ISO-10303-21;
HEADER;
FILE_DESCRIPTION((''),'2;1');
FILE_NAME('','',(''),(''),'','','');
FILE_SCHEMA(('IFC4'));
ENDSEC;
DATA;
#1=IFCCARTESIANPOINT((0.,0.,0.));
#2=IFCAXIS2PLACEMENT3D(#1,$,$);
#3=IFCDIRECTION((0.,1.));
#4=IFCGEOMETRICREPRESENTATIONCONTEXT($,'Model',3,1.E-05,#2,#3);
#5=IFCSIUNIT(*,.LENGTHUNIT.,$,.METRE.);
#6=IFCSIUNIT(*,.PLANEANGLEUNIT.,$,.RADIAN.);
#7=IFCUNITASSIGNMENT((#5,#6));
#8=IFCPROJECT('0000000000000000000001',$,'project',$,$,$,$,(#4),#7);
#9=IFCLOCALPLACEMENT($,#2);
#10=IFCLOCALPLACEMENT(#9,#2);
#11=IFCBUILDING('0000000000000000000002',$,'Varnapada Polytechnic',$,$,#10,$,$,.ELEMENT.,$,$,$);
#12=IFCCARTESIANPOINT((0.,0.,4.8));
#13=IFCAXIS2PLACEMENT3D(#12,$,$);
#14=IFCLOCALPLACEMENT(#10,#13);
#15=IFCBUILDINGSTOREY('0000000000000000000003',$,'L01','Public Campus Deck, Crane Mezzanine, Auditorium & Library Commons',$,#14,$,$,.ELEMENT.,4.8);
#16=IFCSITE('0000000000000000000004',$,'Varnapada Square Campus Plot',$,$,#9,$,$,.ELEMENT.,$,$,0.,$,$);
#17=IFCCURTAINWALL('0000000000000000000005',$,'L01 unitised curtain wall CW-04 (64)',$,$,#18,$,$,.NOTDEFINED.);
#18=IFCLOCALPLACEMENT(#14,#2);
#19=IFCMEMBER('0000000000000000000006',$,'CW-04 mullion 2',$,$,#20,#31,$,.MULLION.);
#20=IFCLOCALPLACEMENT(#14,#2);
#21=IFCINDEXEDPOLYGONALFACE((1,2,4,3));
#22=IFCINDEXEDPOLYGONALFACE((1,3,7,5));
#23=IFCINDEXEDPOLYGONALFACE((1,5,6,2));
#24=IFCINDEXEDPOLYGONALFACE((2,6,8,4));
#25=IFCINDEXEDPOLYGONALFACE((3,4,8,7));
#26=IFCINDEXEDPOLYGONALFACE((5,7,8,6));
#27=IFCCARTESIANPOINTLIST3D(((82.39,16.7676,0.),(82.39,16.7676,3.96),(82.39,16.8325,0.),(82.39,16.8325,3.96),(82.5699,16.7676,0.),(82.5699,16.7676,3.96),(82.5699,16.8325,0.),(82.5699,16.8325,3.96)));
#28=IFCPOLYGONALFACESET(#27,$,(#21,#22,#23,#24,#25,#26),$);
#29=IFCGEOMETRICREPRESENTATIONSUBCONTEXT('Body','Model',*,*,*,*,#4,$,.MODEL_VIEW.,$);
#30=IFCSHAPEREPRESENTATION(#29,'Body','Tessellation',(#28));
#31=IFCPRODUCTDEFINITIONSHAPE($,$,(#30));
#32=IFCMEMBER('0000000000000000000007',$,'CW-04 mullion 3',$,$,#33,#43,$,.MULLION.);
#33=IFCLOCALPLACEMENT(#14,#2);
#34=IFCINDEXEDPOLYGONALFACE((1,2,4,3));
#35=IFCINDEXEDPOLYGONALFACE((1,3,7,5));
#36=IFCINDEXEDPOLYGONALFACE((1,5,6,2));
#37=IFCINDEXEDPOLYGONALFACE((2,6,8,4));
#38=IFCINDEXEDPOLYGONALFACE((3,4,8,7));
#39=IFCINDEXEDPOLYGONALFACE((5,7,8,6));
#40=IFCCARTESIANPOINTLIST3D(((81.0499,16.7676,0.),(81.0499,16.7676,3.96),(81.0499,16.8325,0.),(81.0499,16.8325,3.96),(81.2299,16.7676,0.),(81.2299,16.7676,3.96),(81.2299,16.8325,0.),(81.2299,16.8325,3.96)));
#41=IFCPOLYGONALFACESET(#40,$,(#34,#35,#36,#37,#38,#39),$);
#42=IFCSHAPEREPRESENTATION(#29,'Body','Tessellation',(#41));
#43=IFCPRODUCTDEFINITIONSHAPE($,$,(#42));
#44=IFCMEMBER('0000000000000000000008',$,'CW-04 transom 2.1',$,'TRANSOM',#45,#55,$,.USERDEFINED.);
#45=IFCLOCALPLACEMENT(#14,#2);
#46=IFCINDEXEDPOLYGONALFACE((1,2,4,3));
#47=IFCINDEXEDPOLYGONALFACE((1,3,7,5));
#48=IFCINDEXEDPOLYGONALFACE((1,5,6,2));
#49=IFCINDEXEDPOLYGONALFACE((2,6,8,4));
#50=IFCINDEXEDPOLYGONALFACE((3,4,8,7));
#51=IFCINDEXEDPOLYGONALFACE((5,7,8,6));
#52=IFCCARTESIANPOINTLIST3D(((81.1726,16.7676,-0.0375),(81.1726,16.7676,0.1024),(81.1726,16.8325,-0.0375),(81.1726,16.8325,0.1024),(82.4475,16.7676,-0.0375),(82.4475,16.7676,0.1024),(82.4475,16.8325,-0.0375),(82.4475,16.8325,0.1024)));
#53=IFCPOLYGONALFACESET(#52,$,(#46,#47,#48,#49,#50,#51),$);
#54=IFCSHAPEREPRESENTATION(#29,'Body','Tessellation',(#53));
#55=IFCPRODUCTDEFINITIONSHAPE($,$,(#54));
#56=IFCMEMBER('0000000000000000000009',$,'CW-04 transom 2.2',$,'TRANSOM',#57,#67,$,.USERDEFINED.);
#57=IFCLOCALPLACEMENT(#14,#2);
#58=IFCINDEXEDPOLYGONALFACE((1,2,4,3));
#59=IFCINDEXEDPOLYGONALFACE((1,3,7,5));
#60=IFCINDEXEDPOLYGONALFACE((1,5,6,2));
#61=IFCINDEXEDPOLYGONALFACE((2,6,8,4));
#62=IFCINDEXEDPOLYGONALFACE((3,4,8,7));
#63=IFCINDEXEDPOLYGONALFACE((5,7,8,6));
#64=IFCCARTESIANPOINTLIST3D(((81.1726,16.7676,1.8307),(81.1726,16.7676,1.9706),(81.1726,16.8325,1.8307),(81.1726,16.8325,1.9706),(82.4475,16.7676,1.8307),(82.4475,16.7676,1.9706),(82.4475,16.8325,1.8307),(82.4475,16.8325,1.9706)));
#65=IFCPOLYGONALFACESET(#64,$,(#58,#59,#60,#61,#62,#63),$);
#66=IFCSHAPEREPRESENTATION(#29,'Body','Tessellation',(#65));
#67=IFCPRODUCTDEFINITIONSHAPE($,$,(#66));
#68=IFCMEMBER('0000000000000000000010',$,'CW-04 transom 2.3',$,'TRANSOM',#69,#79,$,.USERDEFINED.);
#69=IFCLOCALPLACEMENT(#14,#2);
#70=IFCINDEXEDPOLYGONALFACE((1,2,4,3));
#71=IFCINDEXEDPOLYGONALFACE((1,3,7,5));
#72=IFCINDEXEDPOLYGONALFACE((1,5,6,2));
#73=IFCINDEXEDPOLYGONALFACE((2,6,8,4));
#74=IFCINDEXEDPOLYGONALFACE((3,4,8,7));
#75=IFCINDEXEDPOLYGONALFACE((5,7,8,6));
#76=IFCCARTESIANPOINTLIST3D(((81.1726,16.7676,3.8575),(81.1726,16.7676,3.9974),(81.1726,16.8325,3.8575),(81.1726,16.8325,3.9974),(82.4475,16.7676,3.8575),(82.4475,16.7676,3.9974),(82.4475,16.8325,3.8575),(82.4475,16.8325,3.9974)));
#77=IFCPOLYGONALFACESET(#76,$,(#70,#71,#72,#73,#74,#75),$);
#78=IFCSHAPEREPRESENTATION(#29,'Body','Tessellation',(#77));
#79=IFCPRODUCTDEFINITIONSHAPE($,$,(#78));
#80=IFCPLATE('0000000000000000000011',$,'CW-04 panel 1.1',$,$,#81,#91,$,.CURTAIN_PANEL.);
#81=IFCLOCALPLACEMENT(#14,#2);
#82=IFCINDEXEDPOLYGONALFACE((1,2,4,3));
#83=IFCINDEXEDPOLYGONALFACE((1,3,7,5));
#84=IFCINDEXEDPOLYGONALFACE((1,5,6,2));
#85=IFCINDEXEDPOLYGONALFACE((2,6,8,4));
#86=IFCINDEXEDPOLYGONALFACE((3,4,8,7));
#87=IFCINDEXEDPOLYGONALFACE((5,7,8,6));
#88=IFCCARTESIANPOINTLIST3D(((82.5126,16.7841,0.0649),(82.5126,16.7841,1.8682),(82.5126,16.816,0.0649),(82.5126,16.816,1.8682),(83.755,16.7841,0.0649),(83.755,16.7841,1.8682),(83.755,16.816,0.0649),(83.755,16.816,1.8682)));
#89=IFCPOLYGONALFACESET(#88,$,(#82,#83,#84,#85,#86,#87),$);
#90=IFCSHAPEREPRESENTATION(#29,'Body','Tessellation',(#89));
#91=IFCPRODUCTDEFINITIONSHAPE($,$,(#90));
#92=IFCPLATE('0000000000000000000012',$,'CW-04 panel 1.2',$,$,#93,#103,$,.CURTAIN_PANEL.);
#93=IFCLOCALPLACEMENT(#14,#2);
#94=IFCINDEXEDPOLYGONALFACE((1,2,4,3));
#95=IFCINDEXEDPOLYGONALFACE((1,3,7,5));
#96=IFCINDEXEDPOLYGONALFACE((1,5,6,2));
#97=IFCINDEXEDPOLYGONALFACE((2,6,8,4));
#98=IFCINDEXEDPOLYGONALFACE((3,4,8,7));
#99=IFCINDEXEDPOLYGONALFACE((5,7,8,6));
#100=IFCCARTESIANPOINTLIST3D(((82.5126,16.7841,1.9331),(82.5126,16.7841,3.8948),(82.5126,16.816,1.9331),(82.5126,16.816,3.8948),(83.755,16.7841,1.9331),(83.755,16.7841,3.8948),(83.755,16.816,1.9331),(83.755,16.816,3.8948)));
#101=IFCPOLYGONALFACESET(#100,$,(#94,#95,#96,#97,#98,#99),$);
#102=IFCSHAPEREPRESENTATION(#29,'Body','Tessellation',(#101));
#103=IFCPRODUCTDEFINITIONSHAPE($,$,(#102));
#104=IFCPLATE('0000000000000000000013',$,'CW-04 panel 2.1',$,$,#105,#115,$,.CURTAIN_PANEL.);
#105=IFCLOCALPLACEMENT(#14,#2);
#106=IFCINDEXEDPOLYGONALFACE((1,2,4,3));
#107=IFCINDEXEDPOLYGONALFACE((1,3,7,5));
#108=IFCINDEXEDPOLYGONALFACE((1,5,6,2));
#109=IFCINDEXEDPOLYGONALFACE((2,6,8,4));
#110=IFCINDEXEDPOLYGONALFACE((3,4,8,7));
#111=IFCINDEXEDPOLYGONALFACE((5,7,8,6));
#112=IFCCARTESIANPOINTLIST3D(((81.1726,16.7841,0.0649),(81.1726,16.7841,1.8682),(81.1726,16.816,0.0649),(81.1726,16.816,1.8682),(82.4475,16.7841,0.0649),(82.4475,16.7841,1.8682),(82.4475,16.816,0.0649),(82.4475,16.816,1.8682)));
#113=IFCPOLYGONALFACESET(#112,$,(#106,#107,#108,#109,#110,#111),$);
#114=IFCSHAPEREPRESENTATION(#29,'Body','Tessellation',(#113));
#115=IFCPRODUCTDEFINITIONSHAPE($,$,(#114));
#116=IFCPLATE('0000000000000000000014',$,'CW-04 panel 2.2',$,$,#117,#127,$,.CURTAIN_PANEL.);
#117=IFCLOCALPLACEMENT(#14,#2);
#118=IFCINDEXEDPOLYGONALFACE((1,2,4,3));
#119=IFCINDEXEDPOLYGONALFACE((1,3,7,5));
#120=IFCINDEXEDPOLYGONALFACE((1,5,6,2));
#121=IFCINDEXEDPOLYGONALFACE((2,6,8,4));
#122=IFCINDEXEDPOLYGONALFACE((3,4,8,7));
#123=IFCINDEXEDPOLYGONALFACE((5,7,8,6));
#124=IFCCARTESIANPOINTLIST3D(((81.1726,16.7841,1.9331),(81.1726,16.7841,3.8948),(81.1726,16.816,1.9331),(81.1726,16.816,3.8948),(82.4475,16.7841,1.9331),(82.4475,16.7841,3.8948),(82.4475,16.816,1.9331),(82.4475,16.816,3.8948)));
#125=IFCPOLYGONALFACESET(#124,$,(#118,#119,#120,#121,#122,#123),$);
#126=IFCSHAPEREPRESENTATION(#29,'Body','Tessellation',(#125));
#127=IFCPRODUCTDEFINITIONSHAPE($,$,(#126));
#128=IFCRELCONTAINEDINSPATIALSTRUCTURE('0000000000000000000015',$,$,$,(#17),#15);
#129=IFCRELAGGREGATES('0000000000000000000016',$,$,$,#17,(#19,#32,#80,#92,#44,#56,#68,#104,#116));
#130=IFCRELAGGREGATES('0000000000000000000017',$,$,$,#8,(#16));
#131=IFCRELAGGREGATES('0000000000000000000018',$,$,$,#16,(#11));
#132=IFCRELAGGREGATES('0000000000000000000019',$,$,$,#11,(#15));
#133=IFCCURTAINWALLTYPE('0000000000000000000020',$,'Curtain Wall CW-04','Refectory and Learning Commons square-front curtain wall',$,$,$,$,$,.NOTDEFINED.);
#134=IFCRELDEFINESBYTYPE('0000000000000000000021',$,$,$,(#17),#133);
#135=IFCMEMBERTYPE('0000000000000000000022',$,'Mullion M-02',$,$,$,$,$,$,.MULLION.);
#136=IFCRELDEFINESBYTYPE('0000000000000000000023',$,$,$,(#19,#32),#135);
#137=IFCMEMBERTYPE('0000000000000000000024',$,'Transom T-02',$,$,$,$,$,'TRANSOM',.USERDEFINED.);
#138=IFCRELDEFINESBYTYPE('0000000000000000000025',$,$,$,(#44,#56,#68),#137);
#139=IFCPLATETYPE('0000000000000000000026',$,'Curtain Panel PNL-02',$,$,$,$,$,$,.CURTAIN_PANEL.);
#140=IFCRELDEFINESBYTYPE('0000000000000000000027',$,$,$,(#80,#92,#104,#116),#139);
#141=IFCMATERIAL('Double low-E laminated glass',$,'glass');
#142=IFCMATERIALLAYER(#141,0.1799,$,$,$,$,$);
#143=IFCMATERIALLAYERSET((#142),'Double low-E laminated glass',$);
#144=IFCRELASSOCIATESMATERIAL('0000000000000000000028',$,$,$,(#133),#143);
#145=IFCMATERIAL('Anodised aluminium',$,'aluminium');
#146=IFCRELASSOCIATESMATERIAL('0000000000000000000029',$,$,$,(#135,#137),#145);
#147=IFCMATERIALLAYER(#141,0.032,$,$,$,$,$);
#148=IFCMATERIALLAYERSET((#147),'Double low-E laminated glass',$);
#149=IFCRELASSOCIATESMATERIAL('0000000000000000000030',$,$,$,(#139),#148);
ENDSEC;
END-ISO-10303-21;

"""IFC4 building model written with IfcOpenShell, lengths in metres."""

from ifc_helpers import new_model, si_unit, direction, frame, origin, origin_2d, place, context, subcontext, project, spatial, rectangle, extrude, material, layer, layer_set, material_profile, profile_set, type_object, element, aggregate, save


model = new_model("IFC4")

# Units and contexts
model_context = context("Model", 3, precision=1e-05, world=origin(), true_north=direction((0.0, 1.0)))
body_context = subcontext(model_context, "Body", "Model", "MODEL_VIEW")
ifc_project = project(units=[si_unit("LENGTHUNIT", "METRE"), si_unit("PLANEANGLEUNIT", "RADIAN")], contexts=[model_context])

# Site, building, storey
site_placement = place(None, origin())
site = spatial("IfcSite", under=ifc_project, at=site_placement, Name="Varnapada Square Campus Plot", CompositionType="ELEMENT", RefElevation=0.0)
building_placement = place(site_placement, origin())
building = spatial("IfcBuilding", under=site, at=building_placement, Name="Varnapada Polytechnic", CompositionType="ELEMENT")
storey_placement = place(building_placement, frame((0.0, 0.0, 4.8)))
storey = spatial("IfcBuildingStorey", under=building, at=storey_placement, Name="L01", Description="Public Campus Deck, Crane Mezzanine, Auditorium & Library Commons", CompositionType="ELEMENT", Elevation=4.8)

# Curtain wall, members, plates
ifc_material_1 = material(Name="Double low-E laminated glass", Category="glass")
ifc_layer_1 = layer(ifc_material_1, 0.1799)
ifc_layer_set_1 = layer_set([ifc_layer_1], Name="Double low-E laminated glass")
curtain_wall_type = type_object("IfcCurtainWallType", Name="Curtain Wall CW-04", Description="Refectory and Learning Commons square-front curtain wall", PredefinedType="NOTDEFINED", material=ifc_layer_set_1)
curtain_wall_placement = place(storey_placement, origin())
curtain_wall = element("IfcCurtainWall", 1, at=curtain_wall_placement, inside=storey, type_object=curtain_wall_type, Name="L01 unitised curtain wall CW-04 (64)", PredefinedType="NOTDEFINED")
ifc_material_2 = material(Name="Anodised aluminium", Category="aluminium")
ifc_material_profile_1 = material_profile(ifc_material_2, rectangle(XDim=0.0649, YDim=0.1799, at=origin_2d()), Name="ALU M65x180")
ifc_profile_set_1 = profile_set([ifc_material_profile_1], Name="Anodised aluminium")
member_type_1 = type_object("IfcMemberType", Name="Mullion M-02", PredefinedType="MULLION", material=ifc_profile_set_1)
member_1_placement = place(storey_placement, frame((82.48, 16.8, 0.0), z_axis=(0.0, 0.0, 1.0), x_axis=(0.0, -1.0, 0.0)))
member_1 = element("IfcMember", 2, at=member_1_placement, type_object=member_type_1, Name="CW-04 mullion 2", PredefinedType="MULLION", context=body_context, shape_type="SweptSolid", body=[
    extrude(rectangle(XDim=0.0649, YDim=0.1799, at=origin_2d()), origin(), (0.0, 0.0, 1.0), 3.96),
])
member_2_placement = place(storey_placement, frame((81.1399, 16.8, 0.0), z_axis=(0.0, 0.0, 1.0), x_axis=(0.0, -1.0, 0.0)))
member_2 = element("IfcMember", 3, at=member_2_placement, type_object=member_type_1, Name="CW-04 mullion 3", PredefinedType="MULLION", context=body_context, shape_type="SweptSolid", body=[
    extrude(rectangle(XDim=0.0649, YDim=0.1799, at=origin_2d()), origin(), (0.0, 0.0, 1.0), 3.96),
])
ifc_material_profile_2 = material_profile(ifc_material_2, rectangle(XDim=0.0649, YDim=0.1399, at=origin_2d()), Name="ALU T65x140")
ifc_profile_set_2 = profile_set([ifc_material_profile_2], Name="Anodised aluminium")
member_type_2 = type_object("IfcMemberType", Name="Transom T-02", ElementType="TRANSOM", PredefinedType="USERDEFINED", material=ifc_profile_set_2)
member_3_placement = place(storey_placement, frame((82.4475, 16.8, 0.0325), z_axis=(-1.0, 0.0, 0.0), x_axis=(0.0, -1.0, 0.0)))
member_3 = element("IfcMember", 4, at=member_3_placement, type_object=member_type_2, Name="CW-04 transom 2.1", ObjectType="TRANSOM", PredefinedType="USERDEFINED", context=body_context, shape_type="SweptSolid", body=[
    extrude(rectangle(XDim=0.0649, YDim=0.1399, at=origin_2d()), origin(), (0.0, 0.0, 1.0), 1.2749),
])
member_4_placement = place(storey_placement, frame((82.4475, 16.8, 1.9006), z_axis=(-1.0, 0.0, 0.0), x_axis=(0.0, -1.0, 0.0)))
member_4 = element("IfcMember", 5, at=member_4_placement, type_object=member_type_2, Name="CW-04 transom 2.2", ObjectType="TRANSOM", PredefinedType="USERDEFINED", context=body_context, shape_type="SweptSolid", body=[
    extrude(rectangle(XDim=0.0649, YDim=0.1399, at=origin_2d()), origin(), (0.0, 0.0, 1.0), 1.2749),
])
member_5_placement = place(storey_placement, frame((82.4475, 16.8, 3.9275), z_axis=(-1.0, 0.0, 0.0), x_axis=(0.0, -1.0, 0.0)))
member_5 = element("IfcMember", 6, at=member_5_placement, type_object=member_type_2, Name="CW-04 transom 2.3", ObjectType="TRANSOM", PredefinedType="USERDEFINED", context=body_context, shape_type="SweptSolid", body=[
    extrude(rectangle(XDim=0.0649, YDim=0.1399, at=origin_2d()), origin(), (0.0, 0.0, 1.0), 1.2749),
])
ifc_layer_2 = layer(ifc_material_1, 0.032)
ifc_layer_set_2 = layer_set([ifc_layer_2], Name="Double low-E laminated glass")
plate_type = type_object("IfcPlateType", Name="Curtain Panel PNL-02", PredefinedType="CURTAIN_PANEL", material=ifc_layer_set_2)
plate_1_placement = place(storey_placement, frame((83.1338, 16.8, 0.0649), z_axis=(0.0, 0.0, 1.0), x_axis=(-1.0, 0.0, 0.0)))
plate_1 = element("IfcPlate", 7, at=plate_1_placement, type_object=plate_type, Name="CW-04 panel 1.1", PredefinedType="CURTAIN_PANEL", context=body_context, shape_type="SweptSolid", body=[
    extrude(rectangle(XDim=1.2424, YDim=0.032, at=origin_2d()), origin(), (0.0, 0.0, 1.0), 1.8032),
])
plate_2_placement = place(storey_placement, frame((83.1338, 16.8, 1.9331), z_axis=(0.0, 0.0, 1.0), x_axis=(-1.0, 0.0, 0.0)))
plate_2 = element("IfcPlate", 8, at=plate_2_placement, type_object=plate_type, Name="CW-04 panel 1.2", PredefinedType="CURTAIN_PANEL", context=body_context, shape_type="SweptSolid", body=[
    extrude(rectangle(XDim=1.2424, YDim=0.032, at=origin_2d()), origin(), (0.0, 0.0, 1.0), 1.9617),
])
plate_3_placement = place(storey_placement, frame((81.8101, 16.8, 0.0649), z_axis=(0.0, 0.0, 1.0), x_axis=(-1.0, 0.0, 0.0)))
plate_3 = element("IfcPlate", 9, at=plate_3_placement, type_object=plate_type, Name="CW-04 panel 2.1", PredefinedType="CURTAIN_PANEL", context=body_context, shape_type="SweptSolid", body=[
    extrude(rectangle(XDim=1.2749, YDim=0.032, at=origin_2d()), origin(), (0.0, 0.0, 1.0), 1.8032),
])
plate_4_placement = place(storey_placement, frame((81.8101, 16.8, 1.9331), z_axis=(0.0, 0.0, 1.0), x_axis=(-1.0, 0.0, 0.0)))
plate_4 = element("IfcPlate", 10, at=plate_4_placement, type_object=plate_type, Name="CW-04 panel 2.2", PredefinedType="CURTAIN_PANEL", context=body_context, shape_type="SweptSolid", body=[
    extrude(rectangle(XDim=1.2749, YDim=0.032, at=origin_2d()), origin(), (0.0, 0.0, 1.0), 1.9617),
])
aggregate(curtain_wall, [member_1, member_2, plate_1, plate_2, member_3, member_4, member_5, plate_3, plate_4])

save(model, "model.ifc")
